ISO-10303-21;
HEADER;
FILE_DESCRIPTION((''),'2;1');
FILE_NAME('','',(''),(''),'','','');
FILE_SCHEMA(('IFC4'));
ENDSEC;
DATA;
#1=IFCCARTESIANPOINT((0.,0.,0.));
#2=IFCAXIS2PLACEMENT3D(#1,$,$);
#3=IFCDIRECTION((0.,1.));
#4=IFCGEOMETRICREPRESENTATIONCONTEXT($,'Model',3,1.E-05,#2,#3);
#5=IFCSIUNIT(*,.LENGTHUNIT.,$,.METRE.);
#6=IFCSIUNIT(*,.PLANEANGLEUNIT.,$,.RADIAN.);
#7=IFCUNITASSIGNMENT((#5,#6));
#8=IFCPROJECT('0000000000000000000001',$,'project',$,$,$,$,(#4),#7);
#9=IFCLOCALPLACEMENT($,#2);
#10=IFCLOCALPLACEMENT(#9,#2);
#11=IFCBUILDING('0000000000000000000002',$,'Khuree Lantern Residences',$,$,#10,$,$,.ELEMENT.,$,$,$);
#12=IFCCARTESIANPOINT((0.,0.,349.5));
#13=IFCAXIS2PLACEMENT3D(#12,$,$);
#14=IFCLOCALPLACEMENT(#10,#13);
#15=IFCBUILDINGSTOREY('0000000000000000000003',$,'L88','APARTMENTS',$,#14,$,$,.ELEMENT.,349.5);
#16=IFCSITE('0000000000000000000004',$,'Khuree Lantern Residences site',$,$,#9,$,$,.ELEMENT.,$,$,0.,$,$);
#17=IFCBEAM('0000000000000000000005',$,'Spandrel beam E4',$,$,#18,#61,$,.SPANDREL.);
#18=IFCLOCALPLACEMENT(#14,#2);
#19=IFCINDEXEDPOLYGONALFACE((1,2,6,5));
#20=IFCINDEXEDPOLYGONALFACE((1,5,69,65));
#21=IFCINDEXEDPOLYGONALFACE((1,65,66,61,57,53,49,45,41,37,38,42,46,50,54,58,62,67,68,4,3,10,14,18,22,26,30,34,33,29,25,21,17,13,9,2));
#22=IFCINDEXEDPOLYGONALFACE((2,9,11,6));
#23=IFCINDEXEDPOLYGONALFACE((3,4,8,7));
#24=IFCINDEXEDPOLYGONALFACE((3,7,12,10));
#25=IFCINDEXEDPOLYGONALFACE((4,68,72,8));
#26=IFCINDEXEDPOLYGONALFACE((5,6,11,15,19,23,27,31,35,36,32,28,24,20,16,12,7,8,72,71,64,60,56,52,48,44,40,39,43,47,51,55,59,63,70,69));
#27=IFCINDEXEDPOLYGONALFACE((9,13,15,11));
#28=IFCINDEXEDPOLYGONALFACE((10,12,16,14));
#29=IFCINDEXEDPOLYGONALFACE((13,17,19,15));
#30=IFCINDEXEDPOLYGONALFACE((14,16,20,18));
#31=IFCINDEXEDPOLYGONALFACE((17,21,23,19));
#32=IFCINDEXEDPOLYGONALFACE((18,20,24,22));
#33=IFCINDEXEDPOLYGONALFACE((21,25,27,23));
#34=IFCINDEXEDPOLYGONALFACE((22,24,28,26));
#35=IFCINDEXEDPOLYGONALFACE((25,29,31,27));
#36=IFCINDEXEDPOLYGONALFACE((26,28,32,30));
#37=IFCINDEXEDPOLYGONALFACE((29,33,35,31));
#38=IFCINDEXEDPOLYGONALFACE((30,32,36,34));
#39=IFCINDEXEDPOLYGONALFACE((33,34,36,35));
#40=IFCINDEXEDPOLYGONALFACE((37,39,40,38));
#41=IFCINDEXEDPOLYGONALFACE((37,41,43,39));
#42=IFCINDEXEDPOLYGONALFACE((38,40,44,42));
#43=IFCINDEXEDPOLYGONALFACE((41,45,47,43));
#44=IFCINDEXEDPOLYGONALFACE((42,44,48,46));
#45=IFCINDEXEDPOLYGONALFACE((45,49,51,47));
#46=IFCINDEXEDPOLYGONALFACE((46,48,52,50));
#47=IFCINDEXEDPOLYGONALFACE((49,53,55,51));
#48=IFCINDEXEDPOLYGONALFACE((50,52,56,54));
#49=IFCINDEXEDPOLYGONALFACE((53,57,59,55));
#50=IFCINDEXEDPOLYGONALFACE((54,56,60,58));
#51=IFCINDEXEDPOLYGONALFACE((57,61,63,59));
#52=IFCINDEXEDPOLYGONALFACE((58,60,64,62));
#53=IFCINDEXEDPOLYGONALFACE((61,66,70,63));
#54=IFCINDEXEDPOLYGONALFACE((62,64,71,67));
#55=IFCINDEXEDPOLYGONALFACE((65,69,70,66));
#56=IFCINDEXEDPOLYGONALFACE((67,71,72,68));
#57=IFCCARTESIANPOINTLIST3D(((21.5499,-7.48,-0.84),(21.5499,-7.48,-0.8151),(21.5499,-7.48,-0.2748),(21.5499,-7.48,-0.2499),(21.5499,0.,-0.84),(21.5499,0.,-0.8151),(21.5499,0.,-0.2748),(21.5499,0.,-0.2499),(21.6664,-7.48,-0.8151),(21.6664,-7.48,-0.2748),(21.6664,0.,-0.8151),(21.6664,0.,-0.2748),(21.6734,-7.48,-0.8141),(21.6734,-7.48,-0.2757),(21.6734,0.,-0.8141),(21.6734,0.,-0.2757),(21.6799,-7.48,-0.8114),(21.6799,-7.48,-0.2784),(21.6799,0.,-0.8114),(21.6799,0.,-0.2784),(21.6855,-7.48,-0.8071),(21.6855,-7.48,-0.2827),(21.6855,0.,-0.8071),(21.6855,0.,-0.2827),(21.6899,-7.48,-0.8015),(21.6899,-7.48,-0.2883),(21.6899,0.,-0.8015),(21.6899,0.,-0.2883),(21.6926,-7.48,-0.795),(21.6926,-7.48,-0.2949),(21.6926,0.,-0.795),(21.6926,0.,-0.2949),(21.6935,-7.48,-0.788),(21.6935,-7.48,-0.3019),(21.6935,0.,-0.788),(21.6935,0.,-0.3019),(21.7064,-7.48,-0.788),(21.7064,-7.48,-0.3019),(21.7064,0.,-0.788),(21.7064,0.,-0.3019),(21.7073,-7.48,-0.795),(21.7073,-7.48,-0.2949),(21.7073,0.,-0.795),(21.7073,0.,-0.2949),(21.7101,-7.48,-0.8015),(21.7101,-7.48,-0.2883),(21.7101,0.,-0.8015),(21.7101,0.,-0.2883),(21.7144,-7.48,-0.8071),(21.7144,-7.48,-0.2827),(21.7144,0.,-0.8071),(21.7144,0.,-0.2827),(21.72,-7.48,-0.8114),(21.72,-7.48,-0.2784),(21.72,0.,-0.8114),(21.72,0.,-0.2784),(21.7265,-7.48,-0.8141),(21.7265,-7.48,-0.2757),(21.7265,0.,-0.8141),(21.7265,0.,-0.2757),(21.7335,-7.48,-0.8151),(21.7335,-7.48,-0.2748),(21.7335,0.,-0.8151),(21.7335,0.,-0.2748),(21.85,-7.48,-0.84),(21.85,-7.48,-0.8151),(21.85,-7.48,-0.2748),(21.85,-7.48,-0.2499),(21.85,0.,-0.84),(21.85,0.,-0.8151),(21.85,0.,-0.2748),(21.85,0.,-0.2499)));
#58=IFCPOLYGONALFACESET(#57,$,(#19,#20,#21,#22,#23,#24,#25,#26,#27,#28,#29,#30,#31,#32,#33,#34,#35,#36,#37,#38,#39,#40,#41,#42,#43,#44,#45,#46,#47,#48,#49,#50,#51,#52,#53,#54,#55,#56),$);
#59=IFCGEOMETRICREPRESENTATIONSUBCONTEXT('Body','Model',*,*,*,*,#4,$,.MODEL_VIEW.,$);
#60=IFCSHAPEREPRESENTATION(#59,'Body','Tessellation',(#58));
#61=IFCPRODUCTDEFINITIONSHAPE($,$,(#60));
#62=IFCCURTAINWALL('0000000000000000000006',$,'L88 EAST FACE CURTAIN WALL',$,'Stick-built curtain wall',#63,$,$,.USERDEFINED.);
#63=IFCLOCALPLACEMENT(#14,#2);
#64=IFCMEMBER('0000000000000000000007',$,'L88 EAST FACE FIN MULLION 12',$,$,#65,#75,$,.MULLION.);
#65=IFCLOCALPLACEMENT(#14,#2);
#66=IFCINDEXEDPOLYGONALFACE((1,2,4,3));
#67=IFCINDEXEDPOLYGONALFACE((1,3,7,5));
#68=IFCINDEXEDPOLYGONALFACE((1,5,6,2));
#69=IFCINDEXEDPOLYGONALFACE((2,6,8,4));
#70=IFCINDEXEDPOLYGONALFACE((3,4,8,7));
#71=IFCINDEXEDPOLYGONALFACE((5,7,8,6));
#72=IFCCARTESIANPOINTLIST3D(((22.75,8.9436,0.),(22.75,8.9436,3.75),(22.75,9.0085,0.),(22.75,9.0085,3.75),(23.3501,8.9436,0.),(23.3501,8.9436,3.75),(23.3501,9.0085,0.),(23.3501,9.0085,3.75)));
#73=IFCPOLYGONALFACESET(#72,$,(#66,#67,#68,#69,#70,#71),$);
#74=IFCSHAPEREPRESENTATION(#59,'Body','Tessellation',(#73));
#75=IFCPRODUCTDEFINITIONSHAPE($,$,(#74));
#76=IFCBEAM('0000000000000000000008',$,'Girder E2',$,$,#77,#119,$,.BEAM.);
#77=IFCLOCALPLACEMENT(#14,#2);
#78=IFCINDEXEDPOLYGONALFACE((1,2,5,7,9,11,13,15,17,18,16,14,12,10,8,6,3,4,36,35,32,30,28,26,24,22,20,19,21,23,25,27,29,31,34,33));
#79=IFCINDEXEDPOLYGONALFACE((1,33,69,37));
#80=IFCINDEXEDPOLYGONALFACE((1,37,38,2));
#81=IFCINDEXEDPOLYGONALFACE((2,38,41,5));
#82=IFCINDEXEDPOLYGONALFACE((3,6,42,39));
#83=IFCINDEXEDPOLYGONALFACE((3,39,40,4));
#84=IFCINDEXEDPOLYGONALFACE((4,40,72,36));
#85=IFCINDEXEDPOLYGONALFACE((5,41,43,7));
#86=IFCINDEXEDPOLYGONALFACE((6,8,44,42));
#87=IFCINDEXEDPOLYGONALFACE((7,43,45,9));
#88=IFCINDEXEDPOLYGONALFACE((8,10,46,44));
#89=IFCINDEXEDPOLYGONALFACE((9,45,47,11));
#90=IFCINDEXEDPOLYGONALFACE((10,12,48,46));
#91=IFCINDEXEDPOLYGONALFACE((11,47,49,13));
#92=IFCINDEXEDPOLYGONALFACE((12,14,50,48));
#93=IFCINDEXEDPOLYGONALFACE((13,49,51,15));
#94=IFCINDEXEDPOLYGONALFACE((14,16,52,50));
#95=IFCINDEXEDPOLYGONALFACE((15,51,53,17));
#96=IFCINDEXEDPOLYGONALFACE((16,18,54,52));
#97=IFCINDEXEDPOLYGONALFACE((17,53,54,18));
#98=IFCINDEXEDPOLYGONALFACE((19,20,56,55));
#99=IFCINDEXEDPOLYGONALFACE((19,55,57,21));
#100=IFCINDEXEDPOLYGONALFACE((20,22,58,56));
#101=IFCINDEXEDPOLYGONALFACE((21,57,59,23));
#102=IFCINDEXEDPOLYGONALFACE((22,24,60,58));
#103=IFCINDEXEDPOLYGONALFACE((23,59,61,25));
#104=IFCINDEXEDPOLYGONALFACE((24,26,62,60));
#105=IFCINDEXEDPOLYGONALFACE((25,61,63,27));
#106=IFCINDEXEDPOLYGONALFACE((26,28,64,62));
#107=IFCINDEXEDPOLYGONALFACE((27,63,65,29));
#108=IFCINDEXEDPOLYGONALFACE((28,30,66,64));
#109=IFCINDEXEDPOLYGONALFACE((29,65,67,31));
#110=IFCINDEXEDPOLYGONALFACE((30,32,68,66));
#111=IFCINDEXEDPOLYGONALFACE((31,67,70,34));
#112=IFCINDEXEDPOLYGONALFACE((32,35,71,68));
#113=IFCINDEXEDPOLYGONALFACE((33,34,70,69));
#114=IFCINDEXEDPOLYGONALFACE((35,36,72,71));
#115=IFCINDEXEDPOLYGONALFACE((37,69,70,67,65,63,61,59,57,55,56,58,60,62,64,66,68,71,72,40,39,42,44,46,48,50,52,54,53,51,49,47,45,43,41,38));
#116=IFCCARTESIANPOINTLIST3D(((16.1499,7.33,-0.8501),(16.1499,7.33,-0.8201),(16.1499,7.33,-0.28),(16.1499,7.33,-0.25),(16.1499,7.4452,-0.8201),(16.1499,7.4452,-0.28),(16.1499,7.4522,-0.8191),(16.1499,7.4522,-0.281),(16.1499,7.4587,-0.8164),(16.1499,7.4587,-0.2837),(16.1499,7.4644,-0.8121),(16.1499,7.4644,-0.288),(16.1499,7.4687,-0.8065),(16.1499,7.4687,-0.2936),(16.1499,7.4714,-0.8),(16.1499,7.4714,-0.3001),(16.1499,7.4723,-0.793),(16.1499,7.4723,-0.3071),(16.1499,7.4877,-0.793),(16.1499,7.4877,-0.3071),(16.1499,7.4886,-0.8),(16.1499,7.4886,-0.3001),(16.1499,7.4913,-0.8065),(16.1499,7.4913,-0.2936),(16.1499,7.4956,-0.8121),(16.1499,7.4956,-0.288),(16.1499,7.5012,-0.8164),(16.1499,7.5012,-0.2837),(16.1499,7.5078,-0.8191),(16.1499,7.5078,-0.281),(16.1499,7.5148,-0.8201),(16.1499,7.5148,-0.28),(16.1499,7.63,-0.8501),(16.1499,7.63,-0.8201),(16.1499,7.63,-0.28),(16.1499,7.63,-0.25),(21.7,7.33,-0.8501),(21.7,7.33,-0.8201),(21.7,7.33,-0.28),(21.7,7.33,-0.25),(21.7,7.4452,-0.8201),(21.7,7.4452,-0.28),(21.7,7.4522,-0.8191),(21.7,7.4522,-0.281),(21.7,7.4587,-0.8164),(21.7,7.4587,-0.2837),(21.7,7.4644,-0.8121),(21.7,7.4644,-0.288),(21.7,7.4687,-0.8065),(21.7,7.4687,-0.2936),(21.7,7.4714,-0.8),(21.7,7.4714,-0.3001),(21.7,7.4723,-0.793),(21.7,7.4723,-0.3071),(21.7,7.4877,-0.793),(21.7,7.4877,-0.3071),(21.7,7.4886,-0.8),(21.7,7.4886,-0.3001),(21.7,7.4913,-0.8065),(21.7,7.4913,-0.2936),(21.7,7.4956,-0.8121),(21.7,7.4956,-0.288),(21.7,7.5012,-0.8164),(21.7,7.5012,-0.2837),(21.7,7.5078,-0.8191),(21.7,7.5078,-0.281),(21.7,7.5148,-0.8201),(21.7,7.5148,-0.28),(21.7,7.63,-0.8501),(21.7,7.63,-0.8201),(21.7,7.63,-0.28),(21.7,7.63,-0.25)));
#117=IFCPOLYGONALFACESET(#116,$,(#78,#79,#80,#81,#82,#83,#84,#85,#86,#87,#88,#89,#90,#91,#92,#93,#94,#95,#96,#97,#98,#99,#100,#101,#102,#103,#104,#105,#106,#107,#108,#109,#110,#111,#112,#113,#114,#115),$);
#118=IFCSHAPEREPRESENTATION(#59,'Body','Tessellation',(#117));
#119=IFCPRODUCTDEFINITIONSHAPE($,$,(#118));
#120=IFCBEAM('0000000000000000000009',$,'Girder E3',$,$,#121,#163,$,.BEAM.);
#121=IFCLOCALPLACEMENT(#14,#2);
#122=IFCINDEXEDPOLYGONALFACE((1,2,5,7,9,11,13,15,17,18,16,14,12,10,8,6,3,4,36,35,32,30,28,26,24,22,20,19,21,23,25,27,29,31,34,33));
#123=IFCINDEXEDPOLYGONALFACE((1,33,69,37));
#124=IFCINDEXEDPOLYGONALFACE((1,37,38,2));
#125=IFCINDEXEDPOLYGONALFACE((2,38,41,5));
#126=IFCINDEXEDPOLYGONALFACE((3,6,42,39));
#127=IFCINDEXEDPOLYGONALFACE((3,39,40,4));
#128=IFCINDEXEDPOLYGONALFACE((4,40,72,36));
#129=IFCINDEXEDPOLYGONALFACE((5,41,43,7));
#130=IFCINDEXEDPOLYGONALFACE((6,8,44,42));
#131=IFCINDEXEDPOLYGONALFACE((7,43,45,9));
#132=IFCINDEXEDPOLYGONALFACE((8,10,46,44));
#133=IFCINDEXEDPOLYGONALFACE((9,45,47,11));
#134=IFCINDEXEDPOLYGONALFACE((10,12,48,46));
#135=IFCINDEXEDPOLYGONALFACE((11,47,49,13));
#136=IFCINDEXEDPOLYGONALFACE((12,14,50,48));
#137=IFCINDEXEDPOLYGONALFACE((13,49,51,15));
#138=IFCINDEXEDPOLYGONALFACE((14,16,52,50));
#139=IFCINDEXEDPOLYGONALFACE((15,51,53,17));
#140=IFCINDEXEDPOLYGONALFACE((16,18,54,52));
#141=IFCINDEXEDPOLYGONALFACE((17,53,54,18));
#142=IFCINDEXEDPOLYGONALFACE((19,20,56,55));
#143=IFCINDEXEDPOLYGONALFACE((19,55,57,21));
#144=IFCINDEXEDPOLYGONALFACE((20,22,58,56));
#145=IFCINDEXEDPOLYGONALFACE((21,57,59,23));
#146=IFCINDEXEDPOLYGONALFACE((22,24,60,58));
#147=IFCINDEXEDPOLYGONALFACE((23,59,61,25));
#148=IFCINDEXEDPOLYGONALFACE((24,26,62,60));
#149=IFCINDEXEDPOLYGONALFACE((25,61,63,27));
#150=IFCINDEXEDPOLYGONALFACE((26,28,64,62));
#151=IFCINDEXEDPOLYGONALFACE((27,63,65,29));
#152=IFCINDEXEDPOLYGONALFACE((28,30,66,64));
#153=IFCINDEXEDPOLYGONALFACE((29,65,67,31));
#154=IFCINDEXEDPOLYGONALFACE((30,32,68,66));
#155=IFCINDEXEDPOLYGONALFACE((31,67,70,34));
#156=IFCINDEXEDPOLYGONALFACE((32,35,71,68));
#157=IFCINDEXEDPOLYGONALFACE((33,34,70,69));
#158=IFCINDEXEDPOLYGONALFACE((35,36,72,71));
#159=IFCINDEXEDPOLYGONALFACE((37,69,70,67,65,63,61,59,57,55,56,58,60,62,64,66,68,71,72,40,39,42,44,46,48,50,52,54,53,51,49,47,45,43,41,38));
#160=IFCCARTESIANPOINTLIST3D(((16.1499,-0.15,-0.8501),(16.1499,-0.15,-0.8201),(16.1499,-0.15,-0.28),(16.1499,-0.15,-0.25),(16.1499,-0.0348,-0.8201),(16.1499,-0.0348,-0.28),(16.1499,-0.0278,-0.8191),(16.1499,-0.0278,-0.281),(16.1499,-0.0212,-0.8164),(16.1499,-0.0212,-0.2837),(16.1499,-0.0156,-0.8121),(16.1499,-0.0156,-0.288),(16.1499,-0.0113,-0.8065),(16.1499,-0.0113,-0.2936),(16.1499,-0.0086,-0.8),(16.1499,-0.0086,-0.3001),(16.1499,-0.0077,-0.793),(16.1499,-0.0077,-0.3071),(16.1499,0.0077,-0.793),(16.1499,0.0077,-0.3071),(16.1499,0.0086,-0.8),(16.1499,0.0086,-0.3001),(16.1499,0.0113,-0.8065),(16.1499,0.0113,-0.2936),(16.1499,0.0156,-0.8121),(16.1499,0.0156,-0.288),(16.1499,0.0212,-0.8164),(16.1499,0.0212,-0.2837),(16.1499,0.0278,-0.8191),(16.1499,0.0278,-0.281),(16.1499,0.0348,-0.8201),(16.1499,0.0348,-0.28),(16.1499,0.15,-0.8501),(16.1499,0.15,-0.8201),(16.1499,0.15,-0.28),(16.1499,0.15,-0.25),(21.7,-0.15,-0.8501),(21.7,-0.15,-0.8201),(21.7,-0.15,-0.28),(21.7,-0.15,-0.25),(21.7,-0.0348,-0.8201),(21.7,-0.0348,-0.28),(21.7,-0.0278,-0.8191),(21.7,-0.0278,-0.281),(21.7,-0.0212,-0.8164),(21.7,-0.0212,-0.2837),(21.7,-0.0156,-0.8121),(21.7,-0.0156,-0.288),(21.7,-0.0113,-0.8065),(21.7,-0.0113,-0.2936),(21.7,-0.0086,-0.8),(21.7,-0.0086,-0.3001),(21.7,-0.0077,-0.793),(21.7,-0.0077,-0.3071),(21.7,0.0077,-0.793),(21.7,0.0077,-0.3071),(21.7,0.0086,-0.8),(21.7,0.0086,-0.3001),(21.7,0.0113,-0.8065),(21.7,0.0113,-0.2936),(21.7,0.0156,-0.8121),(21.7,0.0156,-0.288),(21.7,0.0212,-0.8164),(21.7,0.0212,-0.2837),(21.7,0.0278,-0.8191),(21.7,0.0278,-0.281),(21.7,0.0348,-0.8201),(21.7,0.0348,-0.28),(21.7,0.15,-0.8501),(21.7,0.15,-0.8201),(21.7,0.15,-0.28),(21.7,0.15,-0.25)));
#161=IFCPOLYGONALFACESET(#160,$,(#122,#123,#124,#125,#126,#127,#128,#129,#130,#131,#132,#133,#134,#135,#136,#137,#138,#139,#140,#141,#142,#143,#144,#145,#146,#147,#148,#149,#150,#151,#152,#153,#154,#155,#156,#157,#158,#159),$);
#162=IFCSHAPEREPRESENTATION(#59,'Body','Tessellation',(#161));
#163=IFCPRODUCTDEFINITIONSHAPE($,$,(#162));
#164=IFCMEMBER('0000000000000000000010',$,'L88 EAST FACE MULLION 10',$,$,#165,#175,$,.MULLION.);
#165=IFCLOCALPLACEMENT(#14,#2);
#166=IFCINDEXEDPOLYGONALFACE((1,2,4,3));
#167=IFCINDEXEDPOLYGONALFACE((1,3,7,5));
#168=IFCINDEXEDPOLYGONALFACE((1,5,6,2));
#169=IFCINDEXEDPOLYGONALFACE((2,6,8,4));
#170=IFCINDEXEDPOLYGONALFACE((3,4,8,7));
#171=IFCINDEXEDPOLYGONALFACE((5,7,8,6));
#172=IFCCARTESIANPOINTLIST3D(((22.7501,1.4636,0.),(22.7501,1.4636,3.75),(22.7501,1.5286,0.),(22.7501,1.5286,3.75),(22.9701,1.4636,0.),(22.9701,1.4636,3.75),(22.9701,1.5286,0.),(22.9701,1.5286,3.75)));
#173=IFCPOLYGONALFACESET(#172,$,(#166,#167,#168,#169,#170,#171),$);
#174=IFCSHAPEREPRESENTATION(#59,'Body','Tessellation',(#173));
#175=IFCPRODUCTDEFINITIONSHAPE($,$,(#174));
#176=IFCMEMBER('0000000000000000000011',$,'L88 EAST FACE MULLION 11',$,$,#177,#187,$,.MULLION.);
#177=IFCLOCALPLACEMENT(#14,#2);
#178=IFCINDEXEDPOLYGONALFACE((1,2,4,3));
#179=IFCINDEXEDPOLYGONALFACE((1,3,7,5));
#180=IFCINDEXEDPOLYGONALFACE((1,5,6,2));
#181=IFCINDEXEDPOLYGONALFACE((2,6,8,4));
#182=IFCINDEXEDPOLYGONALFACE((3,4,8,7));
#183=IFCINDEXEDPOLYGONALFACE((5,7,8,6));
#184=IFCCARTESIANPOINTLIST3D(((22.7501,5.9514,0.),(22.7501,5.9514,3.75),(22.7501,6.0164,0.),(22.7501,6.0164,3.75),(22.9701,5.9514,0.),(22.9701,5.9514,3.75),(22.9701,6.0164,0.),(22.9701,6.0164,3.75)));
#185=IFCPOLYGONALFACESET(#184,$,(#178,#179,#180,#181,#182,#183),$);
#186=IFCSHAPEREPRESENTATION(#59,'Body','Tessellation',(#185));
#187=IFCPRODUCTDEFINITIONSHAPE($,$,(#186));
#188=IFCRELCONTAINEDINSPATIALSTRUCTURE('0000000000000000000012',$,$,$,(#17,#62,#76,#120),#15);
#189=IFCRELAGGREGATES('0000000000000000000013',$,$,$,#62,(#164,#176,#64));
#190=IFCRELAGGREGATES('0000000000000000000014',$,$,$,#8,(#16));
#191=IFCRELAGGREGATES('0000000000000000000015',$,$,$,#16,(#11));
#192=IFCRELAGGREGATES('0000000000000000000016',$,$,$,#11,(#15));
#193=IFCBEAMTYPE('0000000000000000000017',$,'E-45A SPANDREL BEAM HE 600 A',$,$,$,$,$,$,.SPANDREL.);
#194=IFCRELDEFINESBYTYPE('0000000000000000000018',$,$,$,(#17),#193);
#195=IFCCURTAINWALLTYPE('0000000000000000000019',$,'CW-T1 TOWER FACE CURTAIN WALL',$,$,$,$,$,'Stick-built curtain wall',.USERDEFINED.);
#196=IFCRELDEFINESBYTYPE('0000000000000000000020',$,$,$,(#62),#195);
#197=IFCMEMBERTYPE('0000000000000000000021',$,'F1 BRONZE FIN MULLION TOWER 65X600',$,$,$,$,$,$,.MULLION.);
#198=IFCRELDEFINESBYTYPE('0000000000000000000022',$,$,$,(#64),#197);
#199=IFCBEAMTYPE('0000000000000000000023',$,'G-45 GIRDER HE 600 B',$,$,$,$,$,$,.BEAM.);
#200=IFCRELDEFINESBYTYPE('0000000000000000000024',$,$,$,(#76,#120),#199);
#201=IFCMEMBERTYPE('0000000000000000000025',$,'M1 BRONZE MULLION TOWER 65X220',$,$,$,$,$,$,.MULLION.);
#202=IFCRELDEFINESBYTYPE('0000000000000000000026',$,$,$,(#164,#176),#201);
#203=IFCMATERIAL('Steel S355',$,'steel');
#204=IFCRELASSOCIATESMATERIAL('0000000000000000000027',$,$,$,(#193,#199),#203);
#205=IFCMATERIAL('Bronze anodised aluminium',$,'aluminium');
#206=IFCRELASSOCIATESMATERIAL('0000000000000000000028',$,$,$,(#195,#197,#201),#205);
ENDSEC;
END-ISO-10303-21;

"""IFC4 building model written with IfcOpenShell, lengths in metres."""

from ifc_helpers import new_model, si_unit, direction, frame, origin, origin_2d, place, context, subcontext, project, spatial, rectangle, i_section, extrude, material, material_profile, profile_set, type_object, element, aggregate, save


model = new_model("IFC4")

# Units and contexts
model_context = context("Model", 3, precision=1e-05, world=origin(), true_north=direction((0.0, 1.0)))
body_context = subcontext(model_context, "Body", "Model", "MODEL_VIEW")
ifc_project = project(units=[si_unit("LENGTHUNIT", "METRE"), si_unit("PLANEANGLEUNIT", "RADIAN")], contexts=[model_context])

# Site, building, storey
site_placement = place(None, origin())
site = spatial("IfcSite", under=ifc_project, at=site_placement, Name="Khuree Lantern Residences site", CompositionType="ELEMENT", RefElevation=0.0)
building_placement = place(site_placement, origin())
building = spatial("IfcBuilding", under=site, at=building_placement, Name="Khuree Lantern Residences", CompositionType="ELEMENT")
storey_placement = place(building_placement, frame((0.0, 0.0, 349.5)))
storey = spatial("IfcBuildingStorey", under=building, at=storey_placement, Name="L88", Description="APARTMENTS", CompositionType="ELEMENT", Elevation=349.5)

# Beam
ifc_material_1 = material(Name="Steel S355", Category="steel")
ifc_material_profile_1 = material_profile(ifc_material_1, i_section(OverallWidth=0.3, OverallDepth=0.5901, WebThickness=0.0129, FlangeThickness=0.0249, FilletRadius=0.0271, at=origin_2d()), Name="HE 600 A")
ifc_profile_set_1 = profile_set([ifc_material_profile_1], Name="Steel S355")
beam_type_1 = type_object("IfcBeamType", Name="E-45A SPANDREL BEAM HE 600 A", PredefinedType="SPANDREL", material=ifc_profile_set_1)
for number, where, z_axis, x_axis, name in (
    (1, (21.7, 0.0, -0.5449), (0.0, -1.0, 0.0), (1.0, 0.0, 0.0), "Spandrel beam E4"),
):
    element("IfcBeam", number, at=place(storey_placement, frame(where, z_axis=z_axis, x_axis=x_axis)), inside=storey, type_object=beam_type_1, Name=name, PredefinedType="SPANDREL", context=body_context, shape_type="SweptSolid", body=[
        extrude(i_section(OverallWidth=0.3, OverallDepth=0.5901, WebThickness=0.0129, FlangeThickness=0.0249, FilletRadius=0.0271, at=origin_2d()), origin(), (0.0, 0.0, 1.0), 7.48),
    ])

# Curtain wall, member
ifc_material_2 = material(Name="Bronze anodised aluminium", Category="aluminium")
curtain_wall_type = type_object("IfcCurtainWallType", Name="CW-T1 TOWER FACE CURTAIN WALL", ElementType="Stick-built curtain wall", PredefinedType="USERDEFINED", material=ifc_material_2)
curtain_wall_placement = place(storey_placement, origin())
curtain_wall = element("IfcCurtainWall", 2, at=curtain_wall_placement, inside=storey, type_object=curtain_wall_type, Name="L88 EAST FACE CURTAIN WALL", ObjectType="Stick-built curtain wall", PredefinedType="USERDEFINED")
ifc_material_profile_2 = material_profile(ifc_material_2, rectangle(XDim=0.0649, YDim=0.6001, at=origin_2d()), Name="F1 65X600")
ifc_profile_set_2 = profile_set([ifc_material_profile_2], Name="Bronze anodised aluminium")
member_type_1 = type_object("IfcMemberType", Name="F1 BRONZE FIN MULLION TOWER 65X600", PredefinedType="MULLION", material=ifc_profile_set_2)
member_1_placement = place(storey_placement, frame((23.05, 8.9761, 0.0), z_axis=(0.0, 0.0, 1.0), x_axis=(0.0, 1.0, 0.0)))
member_1 = element("IfcMember", 3, at=member_1_placement, type_object=member_type_1, Name="L88 EAST FACE FIN MULLION 12", PredefinedType="MULLION", context=body_context, shape_type="SweptSolid", body=[
    extrude(rectangle(XDim=0.0649, YDim=0.6001, at=origin_2d()), origin(), (0.0, 0.0, 1.0), 3.75),
])

# Beams
ifc_material_profile_3 = material_profile(ifc_material_1, i_section(OverallWidth=0.3, OverallDepth=0.6001, WebThickness=0.0154, FlangeThickness=0.03, FilletRadius=0.0271, at=origin_2d()), Name="HE 600 B")
ifc_profile_set_3 = profile_set([ifc_material_profile_3], Name="Steel S355")
beam_type_2 = type_object("IfcBeamType", Name="G-45 GIRDER HE 600 B", PredefinedType="BEAM", material=ifc_profile_set_3)
for number, where, z_axis, x_axis, name in (
    (4, (21.7, 7.48, -0.55), (-1.0, 0.0, 0.0), (0.0, -1.0, 0.0), "Girder E2"),
    (5, (21.7, 0.0, -0.55), (-1.0, 0.0, 0.0), (0.0, -1.0, 0.0), "Girder E3"),
):
    element("IfcBeam", number, at=place(storey_placement, frame(where, z_axis=z_axis, x_axis=x_axis)), inside=storey, type_object=beam_type_2, Name=name, PredefinedType="BEAM", context=body_context, shape_type="SweptSolid", body=[
        extrude(i_section(OverallWidth=0.3, OverallDepth=0.6001, WebThickness=0.0154, FlangeThickness=0.03, FilletRadius=0.0271, at=origin_2d()), origin(), (0.0, 0.0, 1.0), 5.55),
    ])

# Members
ifc_material_profile_4 = material_profile(ifc_material_2, rectangle(XDim=0.0649, YDim=0.22, at=origin_2d()), Name="M1 65X220")
ifc_profile_set_4 = profile_set([ifc_material_profile_4], Name="Bronze anodised aluminium")
member_type_2 = type_object("IfcMemberType", Name="M1 BRONZE MULLION TOWER 65X220", PredefinedType="MULLION", material=ifc_profile_set_4)
member_2_placement = place(storey_placement, frame((22.8601, 1.4961, 0.0), z_axis=(0.0, 0.0, 1.0), x_axis=(0.0, 1.0, 0.0)))
member_2 = element("IfcMember", 6, at=member_2_placement, type_object=member_type_2, Name="L88 EAST FACE MULLION 10", PredefinedType="MULLION", context=body_context, shape_type="SweptSolid", body=[
    extrude(rectangle(XDim=0.0649, YDim=0.22, at=origin_2d()), origin(), (0.0, 0.0, 1.0), 3.75),
])
member_3_placement = place(storey_placement, frame((22.8601, 5.9839, 0.0), z_axis=(0.0, 0.0, 1.0), x_axis=(0.0, 1.0, 0.0)))
member_3 = element("IfcMember", 7, at=member_3_placement, type_object=member_type_2, Name="L88 EAST FACE MULLION 11", PredefinedType="MULLION", context=body_context, shape_type="SweptSolid", body=[
    extrude(rectangle(XDim=0.0649, YDim=0.22, at=origin_2d()), origin(), (0.0, 0.0, 1.0), 3.75),
])

aggregate(curtain_wall, [member_2, member_3, member_1])

save(model, "model.ifc")
